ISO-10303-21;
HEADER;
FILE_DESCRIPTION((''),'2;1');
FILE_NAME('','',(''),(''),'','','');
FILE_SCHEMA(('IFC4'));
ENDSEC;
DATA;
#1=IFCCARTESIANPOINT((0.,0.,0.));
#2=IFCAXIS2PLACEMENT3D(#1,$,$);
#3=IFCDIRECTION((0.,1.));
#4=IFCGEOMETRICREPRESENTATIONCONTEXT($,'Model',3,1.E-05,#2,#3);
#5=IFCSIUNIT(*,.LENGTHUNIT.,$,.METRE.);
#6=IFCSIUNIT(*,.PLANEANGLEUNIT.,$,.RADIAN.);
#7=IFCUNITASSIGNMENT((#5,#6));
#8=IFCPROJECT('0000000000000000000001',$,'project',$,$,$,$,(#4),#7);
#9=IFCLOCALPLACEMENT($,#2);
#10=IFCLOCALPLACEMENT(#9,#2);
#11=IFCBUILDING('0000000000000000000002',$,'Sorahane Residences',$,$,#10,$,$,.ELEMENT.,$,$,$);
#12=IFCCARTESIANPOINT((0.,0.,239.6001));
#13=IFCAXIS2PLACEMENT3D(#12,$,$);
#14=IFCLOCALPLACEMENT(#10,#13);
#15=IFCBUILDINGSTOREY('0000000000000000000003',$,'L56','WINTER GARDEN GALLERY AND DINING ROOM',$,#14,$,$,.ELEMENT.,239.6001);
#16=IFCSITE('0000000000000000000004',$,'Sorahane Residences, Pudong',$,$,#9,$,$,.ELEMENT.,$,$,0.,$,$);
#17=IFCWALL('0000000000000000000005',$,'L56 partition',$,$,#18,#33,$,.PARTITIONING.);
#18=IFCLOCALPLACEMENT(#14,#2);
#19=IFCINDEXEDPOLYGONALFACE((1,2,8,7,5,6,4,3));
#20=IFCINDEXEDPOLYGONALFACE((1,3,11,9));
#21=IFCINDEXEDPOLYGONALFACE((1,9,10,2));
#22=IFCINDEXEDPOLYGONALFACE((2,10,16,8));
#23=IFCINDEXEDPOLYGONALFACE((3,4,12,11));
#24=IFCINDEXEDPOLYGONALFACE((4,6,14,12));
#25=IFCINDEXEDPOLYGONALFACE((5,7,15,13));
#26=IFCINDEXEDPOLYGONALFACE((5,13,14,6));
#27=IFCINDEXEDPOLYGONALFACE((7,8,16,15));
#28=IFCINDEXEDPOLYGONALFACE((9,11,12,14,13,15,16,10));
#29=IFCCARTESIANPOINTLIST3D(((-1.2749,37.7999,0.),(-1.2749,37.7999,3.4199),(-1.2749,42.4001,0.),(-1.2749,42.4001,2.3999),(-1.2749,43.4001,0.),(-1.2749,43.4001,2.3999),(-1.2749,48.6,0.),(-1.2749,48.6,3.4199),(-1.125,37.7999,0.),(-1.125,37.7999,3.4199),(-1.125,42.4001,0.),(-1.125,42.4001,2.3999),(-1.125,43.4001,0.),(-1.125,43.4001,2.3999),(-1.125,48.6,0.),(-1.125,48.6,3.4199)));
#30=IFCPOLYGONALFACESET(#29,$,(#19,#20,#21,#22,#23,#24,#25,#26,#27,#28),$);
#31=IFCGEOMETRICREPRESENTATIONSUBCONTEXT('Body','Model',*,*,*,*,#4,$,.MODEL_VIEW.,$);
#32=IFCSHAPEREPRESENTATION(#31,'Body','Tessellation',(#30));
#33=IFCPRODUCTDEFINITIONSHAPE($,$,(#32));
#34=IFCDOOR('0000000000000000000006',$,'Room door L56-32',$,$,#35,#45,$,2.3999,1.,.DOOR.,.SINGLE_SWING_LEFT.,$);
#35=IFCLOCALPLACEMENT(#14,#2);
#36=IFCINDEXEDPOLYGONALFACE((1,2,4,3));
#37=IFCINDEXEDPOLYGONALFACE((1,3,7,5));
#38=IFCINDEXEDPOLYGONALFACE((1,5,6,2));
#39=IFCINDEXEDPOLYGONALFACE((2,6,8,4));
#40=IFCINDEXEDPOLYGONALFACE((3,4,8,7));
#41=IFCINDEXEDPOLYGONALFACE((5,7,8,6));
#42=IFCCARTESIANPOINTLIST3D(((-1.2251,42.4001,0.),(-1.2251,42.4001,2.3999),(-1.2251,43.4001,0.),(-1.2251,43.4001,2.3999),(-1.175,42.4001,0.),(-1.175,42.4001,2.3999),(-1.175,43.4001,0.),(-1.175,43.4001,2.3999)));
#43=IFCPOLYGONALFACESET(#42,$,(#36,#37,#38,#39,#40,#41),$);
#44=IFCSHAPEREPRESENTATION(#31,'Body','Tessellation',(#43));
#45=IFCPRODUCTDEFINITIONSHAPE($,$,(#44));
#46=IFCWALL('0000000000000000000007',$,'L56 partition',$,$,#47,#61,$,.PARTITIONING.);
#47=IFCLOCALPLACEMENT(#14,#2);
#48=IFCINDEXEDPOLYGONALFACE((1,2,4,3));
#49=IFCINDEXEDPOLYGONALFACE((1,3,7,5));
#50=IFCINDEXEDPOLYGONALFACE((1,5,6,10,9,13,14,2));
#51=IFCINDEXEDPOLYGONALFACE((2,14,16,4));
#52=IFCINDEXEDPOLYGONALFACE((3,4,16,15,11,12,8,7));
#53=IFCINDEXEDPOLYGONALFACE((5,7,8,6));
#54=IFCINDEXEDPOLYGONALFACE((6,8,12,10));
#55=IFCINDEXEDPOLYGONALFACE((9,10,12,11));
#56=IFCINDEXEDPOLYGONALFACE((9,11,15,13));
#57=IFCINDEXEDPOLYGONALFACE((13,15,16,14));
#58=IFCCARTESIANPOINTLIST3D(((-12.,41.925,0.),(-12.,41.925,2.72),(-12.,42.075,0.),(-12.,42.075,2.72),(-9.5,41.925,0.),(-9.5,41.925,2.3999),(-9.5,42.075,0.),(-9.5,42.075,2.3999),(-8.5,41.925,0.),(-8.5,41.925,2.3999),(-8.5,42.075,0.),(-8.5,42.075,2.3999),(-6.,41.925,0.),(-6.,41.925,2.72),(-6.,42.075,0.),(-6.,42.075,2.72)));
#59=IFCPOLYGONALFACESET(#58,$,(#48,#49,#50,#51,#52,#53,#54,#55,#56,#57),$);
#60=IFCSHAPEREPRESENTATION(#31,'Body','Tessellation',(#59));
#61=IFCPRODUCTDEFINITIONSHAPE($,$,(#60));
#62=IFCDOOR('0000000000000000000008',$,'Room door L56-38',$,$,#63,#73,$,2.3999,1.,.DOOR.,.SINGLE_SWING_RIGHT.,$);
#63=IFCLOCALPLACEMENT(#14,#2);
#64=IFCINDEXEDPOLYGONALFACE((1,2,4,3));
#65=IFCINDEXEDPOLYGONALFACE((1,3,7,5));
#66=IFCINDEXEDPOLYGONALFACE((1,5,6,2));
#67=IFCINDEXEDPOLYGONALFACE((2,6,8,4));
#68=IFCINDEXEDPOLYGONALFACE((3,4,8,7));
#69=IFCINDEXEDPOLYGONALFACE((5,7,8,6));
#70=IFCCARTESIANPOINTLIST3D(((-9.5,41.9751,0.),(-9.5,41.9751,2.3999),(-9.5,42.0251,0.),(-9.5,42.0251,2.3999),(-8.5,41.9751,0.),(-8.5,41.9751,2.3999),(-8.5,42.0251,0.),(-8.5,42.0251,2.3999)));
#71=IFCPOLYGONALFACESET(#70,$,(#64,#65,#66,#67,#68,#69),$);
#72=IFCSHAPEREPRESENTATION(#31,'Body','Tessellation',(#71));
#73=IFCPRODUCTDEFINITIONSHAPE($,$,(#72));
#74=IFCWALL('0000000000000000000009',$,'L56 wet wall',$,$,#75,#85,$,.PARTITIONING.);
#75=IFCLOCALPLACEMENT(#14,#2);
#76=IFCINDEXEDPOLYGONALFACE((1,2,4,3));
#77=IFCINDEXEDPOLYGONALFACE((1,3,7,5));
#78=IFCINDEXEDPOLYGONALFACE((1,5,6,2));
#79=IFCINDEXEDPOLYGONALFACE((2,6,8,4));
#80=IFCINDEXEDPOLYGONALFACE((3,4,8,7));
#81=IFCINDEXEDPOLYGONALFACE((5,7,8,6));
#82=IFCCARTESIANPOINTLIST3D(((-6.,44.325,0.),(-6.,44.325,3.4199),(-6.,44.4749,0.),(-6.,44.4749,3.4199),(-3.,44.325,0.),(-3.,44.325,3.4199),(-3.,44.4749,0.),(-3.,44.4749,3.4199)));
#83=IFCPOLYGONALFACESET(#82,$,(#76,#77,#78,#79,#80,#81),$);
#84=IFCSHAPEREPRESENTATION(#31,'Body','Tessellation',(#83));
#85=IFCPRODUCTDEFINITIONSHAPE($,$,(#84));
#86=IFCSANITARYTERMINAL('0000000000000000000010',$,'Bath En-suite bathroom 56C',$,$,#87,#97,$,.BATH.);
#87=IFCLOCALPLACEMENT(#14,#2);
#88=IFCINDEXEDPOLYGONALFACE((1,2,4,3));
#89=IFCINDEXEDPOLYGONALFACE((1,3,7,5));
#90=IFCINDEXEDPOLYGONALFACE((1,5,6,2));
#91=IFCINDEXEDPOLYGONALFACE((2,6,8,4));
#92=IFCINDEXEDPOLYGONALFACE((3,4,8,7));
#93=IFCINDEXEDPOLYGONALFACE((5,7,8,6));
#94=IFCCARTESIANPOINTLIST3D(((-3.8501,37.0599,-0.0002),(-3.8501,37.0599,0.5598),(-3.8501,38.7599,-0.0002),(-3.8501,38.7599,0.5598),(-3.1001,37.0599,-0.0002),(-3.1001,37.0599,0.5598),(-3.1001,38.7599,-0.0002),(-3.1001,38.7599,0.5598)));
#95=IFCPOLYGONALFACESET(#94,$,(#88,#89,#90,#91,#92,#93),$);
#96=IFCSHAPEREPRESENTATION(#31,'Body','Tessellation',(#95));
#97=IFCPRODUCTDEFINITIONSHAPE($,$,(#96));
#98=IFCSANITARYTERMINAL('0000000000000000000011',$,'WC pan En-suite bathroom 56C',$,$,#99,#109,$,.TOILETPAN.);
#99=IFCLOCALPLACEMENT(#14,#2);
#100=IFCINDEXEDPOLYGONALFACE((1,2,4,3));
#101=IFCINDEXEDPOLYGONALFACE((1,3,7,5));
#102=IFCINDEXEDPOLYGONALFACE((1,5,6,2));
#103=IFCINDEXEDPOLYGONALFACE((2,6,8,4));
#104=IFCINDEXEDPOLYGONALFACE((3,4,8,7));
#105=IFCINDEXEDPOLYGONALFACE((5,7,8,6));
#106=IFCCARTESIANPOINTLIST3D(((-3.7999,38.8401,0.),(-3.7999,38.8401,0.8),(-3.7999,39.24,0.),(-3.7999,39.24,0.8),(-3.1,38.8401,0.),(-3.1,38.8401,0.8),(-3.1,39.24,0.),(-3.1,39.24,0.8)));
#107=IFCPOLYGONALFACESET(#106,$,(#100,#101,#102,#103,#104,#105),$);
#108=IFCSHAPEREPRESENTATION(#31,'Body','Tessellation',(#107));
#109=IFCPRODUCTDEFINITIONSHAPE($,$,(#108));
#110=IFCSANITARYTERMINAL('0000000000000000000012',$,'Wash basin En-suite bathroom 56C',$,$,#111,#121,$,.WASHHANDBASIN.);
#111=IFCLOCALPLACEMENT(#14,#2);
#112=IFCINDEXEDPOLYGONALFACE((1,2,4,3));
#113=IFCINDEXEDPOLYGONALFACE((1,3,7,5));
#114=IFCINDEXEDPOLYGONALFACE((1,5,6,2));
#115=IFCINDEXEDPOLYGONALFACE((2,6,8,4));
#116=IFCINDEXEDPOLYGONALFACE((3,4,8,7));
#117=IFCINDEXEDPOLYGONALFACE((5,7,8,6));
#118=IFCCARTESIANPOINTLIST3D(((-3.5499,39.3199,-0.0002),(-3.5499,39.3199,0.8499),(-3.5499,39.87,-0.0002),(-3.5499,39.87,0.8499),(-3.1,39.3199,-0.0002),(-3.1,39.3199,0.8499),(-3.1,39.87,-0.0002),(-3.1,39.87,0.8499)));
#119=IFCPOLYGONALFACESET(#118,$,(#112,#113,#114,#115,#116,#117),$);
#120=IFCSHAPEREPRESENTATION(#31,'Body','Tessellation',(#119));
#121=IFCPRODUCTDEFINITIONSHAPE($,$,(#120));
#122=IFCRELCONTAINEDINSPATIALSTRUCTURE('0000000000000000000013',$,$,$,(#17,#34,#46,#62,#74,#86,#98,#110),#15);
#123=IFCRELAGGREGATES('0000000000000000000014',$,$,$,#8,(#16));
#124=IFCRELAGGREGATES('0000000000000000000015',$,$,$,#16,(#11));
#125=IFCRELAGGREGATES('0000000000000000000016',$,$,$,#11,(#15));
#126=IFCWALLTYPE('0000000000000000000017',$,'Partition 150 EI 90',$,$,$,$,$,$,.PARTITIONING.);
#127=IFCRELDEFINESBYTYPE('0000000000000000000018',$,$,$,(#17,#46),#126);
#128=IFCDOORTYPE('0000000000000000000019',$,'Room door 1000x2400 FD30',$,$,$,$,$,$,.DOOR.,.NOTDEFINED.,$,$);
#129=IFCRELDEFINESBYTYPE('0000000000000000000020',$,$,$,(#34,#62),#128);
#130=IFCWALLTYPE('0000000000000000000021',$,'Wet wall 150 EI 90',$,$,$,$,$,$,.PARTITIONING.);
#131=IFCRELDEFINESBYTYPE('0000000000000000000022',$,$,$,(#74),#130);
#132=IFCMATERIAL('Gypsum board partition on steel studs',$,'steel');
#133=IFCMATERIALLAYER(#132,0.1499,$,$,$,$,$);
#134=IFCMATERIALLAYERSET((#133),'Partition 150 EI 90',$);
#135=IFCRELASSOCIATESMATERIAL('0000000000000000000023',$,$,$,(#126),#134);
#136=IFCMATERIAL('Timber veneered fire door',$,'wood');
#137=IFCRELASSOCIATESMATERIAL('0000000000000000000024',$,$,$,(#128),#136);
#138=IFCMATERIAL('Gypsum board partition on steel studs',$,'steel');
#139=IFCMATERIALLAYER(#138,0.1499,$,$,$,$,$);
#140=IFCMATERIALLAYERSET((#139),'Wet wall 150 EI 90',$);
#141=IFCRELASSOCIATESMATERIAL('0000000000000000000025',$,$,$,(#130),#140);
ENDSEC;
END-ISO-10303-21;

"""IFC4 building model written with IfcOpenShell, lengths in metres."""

from ifc_helpers import new_model, si_unit, direction, frame, frame_2d, origin, origin_2d, place, context, subcontext, project, spatial, rectangle, extrude, material, layer, layer_set, type_object, element, fill, save


model = new_model("IFC4")

# Units and contexts
model_context = context("Model", 3, precision=1e-05, world=origin(), true_north=direction((0.0, 1.0)))
body_context = subcontext(model_context, "Body", "Model", "MODEL_VIEW")
ifc_project = project(units=[si_unit("LENGTHUNIT", "METRE"), si_unit("PLANEANGLEUNIT", "RADIAN")], contexts=[model_context])

# Site, building, storey
site_placement = place(None, origin())
site = spatial("IfcSite", under=ifc_project, at=site_placement, Name="Sorahane Residences, Pudong", CompositionType="ELEMENT", RefElevation=0.0)
building_placement = place(site_placement, origin())
building = spatial("IfcBuilding", under=site, at=building_placement, Name="Sorahane Residences", CompositionType="ELEMENT")
storey_placement = place(building_placement, frame((0.0, 0.0, 239.6001)))
storey = spatial("IfcBuildingStorey", under=building, at=storey_placement, Name="L56", Description="WINTER GARDEN GALLERY AND DINING ROOM", CompositionType="ELEMENT", Elevation=239.6001)

# Walls, openings, doors
ifc_material_1 = material(Name="Gypsum board partition on steel studs", Category="steel")
ifc_layer_1 = layer(ifc_material_1, 0.1499)
ifc_layer_set_1 = layer_set([ifc_layer_1], Name="Partition 150 EI 90")
wall_type_1 = type_object("IfcWallType", Name="Partition 150 EI 90", PredefinedType="PARTITIONING", material=ifc_layer_set_1)
wall_1_placement = place(storey_placement, frame((-1.2, 37.8, 0.0), z_axis=(0.0, 0.0, 1.0), x_axis=(0.0, 1.0, 0.0)))
wall_1 = element("IfcWall", 1, at=wall_1_placement, inside=storey, type_object=wall_type_1, Name="L56 partition", PredefinedType="PARTITIONING", context=body_context, shape_type="SweptSolid", body=[
    extrude(rectangle(XDim=10.8, YDim=0.1499, at=frame_2d((5.3999, 0.0))), origin(), (0.0, 0.0, 1.0), 3.4199),
])
opening_1_placement = place(wall_1_placement, frame((4.6001, 0.0, 0.0)))
opening_1 = element("IfcOpeningElement", 2, at=opening_1_placement, cuts=wall_1, PredefinedType="OPENING", context=body_context, shape_type="SweptSolid", body=[
    extrude(rectangle(XDim=1.0, YDim=2.3999, at=frame_2d((0.5, 1.2))), frame((0.0, 0.085, 0.0), z_axis=(0.0, -1.0, 0.0), x_axis=(1.0, 0.0, 0.0)), (0.0, 0.0, 1.0), 0.1699),
])
ifc_material_2 = material(Name="Timber veneered fire door", Category="wood")
door_type = type_object("IfcDoorType", Name="Room door 1000x2400 FD30", OperationType="NOTDEFINED", PredefinedType="DOOR", material=ifc_material_2)
door_1_placement = place(opening_1_placement, frame((1.0, 0.0, 0.0), z_axis=(0.0, 0.0, 1.0), x_axis=(-1.0, 0.0, 0.0)))
door_1 = element("IfcDoor", 3, at=door_1_placement, inside=storey, type_object=door_type, Name="Room door L56-32", OperationType="SINGLE_SWING_LEFT", OverallHeight=2.3999, OverallWidth=1.0, PredefinedType="DOOR", context=body_context, shape_type="SweptSolid", body=[
    extrude(rectangle(XDim=1.0, YDim=2.3999, at=frame_2d((0.5, 1.2))), frame((0.0, 0.0249, 0.0), z_axis=(0.0, -1.0, 0.0), x_axis=(1.0, 0.0, 0.0)), (0.0, 0.0, 1.0), 0.05),
])
fill(opening_1, door_1)
wall_2_placement = place(storey_placement, frame((-12.0, 42.0, 0.0), z_axis=(0.0, 0.0, 1.0), x_axis=(1.0, 0.0, 0.0)))
wall_2 = element("IfcWall", 4, at=wall_2_placement, inside=storey, type_object=wall_type_1, Name="L56 partition", PredefinedType="PARTITIONING", context=body_context, shape_type="SweptSolid", body=[
    extrude(rectangle(XDim=6.0, YDim=0.1499, at=frame_2d((3.0, 0.0))), origin(), (0.0, 0.0, 1.0), 2.72),
])
opening_2_placement = place(wall_2_placement, frame((2.5, 0.0, 0.0)))
opening_2 = element("IfcOpeningElement", 5, at=opening_2_placement, cuts=wall_2, PredefinedType="OPENING", context=body_context, shape_type="SweptSolid", body=[
    extrude(rectangle(XDim=1.0, YDim=2.3999, at=frame_2d((0.5, 1.2))), frame((0.0, 0.085, 0.0), z_axis=(0.0, -1.0, 0.0), x_axis=(1.0, 0.0, 0.0)), (0.0, 0.0, 1.0), 0.1699),
])
door_2_placement = place(opening_2_placement, frame((1.0, 0.0, 0.0), z_axis=(0.0, 0.0, 1.0), x_axis=(-1.0, 0.0, 0.0)))
door_2 = element("IfcDoor", 6, at=door_2_placement, inside=storey, type_object=door_type, Name="Room door L56-38", OperationType="SINGLE_SWING_RIGHT", OverallHeight=2.3999, OverallWidth=1.0, PredefinedType="DOOR", context=body_context, shape_type="SweptSolid", body=[
    extrude(rectangle(XDim=1.0, YDim=2.3999, at=frame_2d((0.5, 1.2))), frame((0.0, 0.0249, 0.0), z_axis=(0.0, -1.0, 0.0), x_axis=(1.0, 0.0, 0.0)), (0.0, 0.0, 1.0), 0.05),
])
fill(opening_2, door_2)

# Wall
ifc_material_3 = material(Name="Gypsum board partition on steel studs", Category="steel")
ifc_layer_2 = layer(ifc_material_3, 0.1499)
ifc_layer_set_2 = layer_set([ifc_layer_2], Name="Wet wall 150 EI 90")
wall_type_2 = type_object("IfcWallType", Name="Wet wall 150 EI 90", PredefinedType="PARTITIONING", material=ifc_layer_set_2)
wall_3_placement = place(storey_placement, frame((-6.0, 44.3999, 0.0), z_axis=(0.0, 0.0, 1.0), x_axis=(1.0, 0.0, 0.0)))
element("IfcWall", 7, at=wall_3_placement, inside=storey, type_object=wall_type_2, Name="L56 wet wall", PredefinedType="PARTITIONING", context=body_context, shape_type="SweptSolid", body=[
    extrude(rectangle(XDim=3.0, YDim=0.1499, at=frame_2d((1.5, 0.0))), origin(), (0.0, 0.0, 1.0), 3.4199),
])

# Sanitary terminals
sanitary_terminal_1_placement = place(storey_placement, frame((-3.4751, 37.9099, -0.0002), z_axis=(0.0, 0.0, 1.0), x_axis=(0.0, -1.0, 0.0)))
element("IfcSanitaryTerminal", 8, at=sanitary_terminal_1_placement, inside=storey, Name="Bath En-suite bathroom 56C", PredefinedType="BATH", context=body_context, shape_type="SweptSolid", body=[
    extrude(rectangle(XDim=1.7, YDim=0.75, at=origin_2d()), origin(), (0.0, 0.0, 1.0), 0.5601),
])
sanitary_terminal_2_placement = place(storey_placement, frame((-3.45, 39.04, 0.0), z_axis=(0.0, 0.0, 1.0), x_axis=(0.0, -1.0, 0.0)))
element("IfcSanitaryTerminal", 9, at=sanitary_terminal_2_placement, inside=storey, Name="WC pan En-suite bathroom 56C", PredefinedType="TOILETPAN", context=body_context, shape_type="SweptSolid", body=[
    extrude(rectangle(XDim=0.3999, YDim=0.7, at=origin_2d()), origin(), (0.0, 0.0, 1.0), 0.8),
])
sanitary_terminal_3_placement = place(storey_placement, frame((-3.325, 39.595, -0.0002), z_axis=(0.0, 0.0, 1.0), x_axis=(0.0, -1.0, 0.0)))
element("IfcSanitaryTerminal", 10, at=sanitary_terminal_3_placement, inside=storey, Name="Wash basin En-suite bathroom 56C", PredefinedType="WASHHANDBASIN", context=body_context, shape_type="SweptSolid", body=[
    extrude(rectangle(XDim=0.55, YDim=0.45, at=origin_2d()), origin(), (0.0, 0.0, 1.0), 0.8501),
])

save(model, "model.ifc")
